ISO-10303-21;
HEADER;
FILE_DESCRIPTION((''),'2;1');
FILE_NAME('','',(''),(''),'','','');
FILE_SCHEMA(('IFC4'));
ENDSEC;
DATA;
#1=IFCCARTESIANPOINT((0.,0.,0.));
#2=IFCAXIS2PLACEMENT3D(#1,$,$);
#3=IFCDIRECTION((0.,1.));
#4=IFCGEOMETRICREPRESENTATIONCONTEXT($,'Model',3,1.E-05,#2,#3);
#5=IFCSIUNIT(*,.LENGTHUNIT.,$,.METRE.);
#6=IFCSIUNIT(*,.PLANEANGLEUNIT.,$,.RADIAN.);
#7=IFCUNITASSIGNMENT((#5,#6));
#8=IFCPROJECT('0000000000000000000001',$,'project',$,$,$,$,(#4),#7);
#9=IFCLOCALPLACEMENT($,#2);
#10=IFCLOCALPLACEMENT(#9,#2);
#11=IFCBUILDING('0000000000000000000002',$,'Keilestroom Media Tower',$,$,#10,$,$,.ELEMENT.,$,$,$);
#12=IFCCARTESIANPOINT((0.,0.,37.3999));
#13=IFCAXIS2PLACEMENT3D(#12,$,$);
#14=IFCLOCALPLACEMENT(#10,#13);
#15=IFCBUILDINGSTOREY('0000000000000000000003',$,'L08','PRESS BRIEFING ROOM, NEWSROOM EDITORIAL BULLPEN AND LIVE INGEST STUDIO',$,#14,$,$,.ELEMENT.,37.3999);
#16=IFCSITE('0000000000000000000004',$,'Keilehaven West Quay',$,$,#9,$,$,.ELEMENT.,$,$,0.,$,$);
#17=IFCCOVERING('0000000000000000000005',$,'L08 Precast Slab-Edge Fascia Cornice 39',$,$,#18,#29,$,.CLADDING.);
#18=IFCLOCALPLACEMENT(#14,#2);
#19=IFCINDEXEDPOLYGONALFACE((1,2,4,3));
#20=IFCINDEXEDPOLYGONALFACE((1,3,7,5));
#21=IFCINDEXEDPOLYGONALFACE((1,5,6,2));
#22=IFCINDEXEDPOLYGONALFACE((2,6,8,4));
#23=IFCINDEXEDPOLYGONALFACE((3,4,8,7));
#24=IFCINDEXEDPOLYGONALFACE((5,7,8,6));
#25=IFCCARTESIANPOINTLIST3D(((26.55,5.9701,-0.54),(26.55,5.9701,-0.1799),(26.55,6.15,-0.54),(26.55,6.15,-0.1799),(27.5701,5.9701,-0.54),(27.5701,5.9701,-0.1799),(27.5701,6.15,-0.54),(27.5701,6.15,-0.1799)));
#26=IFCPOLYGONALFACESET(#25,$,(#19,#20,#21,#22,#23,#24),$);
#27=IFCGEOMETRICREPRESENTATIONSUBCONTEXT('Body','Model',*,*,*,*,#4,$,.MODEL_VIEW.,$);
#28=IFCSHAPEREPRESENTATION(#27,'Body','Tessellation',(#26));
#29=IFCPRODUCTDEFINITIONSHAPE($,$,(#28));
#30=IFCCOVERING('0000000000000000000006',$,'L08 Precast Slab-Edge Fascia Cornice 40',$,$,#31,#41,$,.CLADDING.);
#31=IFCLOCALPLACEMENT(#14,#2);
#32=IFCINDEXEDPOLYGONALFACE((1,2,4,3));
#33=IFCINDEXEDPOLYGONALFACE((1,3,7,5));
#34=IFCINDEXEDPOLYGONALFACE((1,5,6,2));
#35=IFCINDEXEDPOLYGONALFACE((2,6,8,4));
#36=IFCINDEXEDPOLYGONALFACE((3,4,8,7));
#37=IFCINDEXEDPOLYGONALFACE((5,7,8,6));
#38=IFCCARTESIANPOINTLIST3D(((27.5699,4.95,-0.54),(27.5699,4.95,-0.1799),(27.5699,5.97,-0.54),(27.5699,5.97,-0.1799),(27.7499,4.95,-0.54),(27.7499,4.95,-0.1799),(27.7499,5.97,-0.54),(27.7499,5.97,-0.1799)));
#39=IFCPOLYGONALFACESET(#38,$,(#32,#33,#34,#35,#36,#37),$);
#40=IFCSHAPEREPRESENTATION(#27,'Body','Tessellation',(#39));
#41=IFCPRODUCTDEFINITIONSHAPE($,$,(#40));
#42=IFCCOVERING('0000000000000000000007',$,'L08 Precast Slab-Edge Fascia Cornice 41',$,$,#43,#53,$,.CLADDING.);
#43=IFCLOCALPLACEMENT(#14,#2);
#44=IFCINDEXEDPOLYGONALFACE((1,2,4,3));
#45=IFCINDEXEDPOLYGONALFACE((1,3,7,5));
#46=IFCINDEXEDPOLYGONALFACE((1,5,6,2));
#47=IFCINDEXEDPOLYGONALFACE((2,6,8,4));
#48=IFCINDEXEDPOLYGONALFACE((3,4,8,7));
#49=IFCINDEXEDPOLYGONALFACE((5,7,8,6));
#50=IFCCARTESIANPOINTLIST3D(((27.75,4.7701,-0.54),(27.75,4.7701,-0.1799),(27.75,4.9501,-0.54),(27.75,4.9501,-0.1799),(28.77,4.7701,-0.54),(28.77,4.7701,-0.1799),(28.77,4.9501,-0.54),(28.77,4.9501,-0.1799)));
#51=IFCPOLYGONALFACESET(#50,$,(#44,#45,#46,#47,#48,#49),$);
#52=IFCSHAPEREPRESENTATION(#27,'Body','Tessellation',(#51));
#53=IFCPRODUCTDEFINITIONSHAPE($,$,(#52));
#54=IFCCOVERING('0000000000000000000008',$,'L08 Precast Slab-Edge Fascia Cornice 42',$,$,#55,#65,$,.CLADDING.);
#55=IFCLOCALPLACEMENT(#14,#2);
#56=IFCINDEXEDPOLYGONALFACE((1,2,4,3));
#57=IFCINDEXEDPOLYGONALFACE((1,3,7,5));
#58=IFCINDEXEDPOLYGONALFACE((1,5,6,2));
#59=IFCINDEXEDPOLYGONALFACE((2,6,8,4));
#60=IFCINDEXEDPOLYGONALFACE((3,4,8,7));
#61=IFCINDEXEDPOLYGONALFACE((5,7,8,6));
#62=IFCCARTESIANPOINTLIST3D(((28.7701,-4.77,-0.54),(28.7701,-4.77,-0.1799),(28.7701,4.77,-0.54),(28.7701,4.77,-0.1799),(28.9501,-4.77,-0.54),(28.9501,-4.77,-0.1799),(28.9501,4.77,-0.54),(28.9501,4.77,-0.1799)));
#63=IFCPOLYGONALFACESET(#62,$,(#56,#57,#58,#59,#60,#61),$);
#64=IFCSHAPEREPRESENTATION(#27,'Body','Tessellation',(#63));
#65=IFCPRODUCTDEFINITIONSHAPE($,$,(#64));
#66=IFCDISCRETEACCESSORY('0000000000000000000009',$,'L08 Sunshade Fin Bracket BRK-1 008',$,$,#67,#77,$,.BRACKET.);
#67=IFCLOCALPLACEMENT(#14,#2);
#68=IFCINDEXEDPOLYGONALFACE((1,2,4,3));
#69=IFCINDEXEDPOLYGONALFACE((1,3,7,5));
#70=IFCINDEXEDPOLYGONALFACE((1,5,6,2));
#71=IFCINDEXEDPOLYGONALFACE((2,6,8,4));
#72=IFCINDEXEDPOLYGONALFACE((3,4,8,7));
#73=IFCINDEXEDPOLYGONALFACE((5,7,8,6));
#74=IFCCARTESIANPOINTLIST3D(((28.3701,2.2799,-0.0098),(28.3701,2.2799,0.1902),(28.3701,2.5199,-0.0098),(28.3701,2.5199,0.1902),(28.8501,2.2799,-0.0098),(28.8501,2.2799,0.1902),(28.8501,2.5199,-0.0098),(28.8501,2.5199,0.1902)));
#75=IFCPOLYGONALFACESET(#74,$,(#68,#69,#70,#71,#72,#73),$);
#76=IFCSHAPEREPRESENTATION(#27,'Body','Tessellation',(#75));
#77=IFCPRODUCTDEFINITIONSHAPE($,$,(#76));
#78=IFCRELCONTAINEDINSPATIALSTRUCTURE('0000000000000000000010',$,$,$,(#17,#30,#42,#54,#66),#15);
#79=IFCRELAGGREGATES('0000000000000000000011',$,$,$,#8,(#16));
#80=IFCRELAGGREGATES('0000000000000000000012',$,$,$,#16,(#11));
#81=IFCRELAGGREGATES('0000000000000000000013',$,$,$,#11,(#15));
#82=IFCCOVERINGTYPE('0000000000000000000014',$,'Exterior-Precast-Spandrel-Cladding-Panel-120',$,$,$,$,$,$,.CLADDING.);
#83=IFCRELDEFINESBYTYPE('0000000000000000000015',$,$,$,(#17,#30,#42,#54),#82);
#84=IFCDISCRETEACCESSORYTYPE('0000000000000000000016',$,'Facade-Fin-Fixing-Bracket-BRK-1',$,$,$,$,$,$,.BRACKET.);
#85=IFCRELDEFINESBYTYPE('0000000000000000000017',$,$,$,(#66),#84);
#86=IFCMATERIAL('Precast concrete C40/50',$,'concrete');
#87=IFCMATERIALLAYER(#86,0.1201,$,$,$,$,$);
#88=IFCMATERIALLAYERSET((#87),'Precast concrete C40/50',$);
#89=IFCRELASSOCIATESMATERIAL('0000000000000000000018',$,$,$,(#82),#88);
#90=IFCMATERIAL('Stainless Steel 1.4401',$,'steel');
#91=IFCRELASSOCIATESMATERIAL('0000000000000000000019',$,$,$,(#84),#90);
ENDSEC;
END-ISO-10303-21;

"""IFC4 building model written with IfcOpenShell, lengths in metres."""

from ifc_helpers import new_model, si_unit, direction, frame, origin, origin_2d, place, context, subcontext, project, spatial, rectangle, extrude, source, transform, mapped, material, layer, layer_set, type_object, element, save


model = new_model("IFC4")

# Units and contexts
model_context = context("Model", 3, precision=1e-05, world=origin(), true_north=direction((0.0, 1.0)))
body_context = subcontext(model_context, "Body", "Model", "MODEL_VIEW")
ifc_project = project(units=[si_unit("LENGTHUNIT", "METRE"), si_unit("PLANEANGLEUNIT", "RADIAN")], contexts=[model_context])

# Site, building, storey
site_placement = place(None, origin())
site = spatial("IfcSite", under=ifc_project, at=site_placement, Name="Keilehaven West Quay", CompositionType="ELEMENT", RefElevation=0.0)
building_placement = place(site_placement, origin())
building = spatial("IfcBuilding", under=site, at=building_placement, Name="Keilestroom Media Tower", CompositionType="ELEMENT")
storey_placement = place(building_placement, frame((0.0, 0.0, 37.3999)))
storey = spatial("IfcBuildingStorey", under=building, at=storey_placement, Name="L08", Description="PRESS BRIEFING ROOM, NEWSROOM EDITORIAL BULLPEN AND LIVE INGEST STUDIO", CompositionType="ELEMENT", Elevation=37.3999)

# Shared definitions
ifc_material_1 = material(Name="Precast concrete C40/50", Category="concrete")

# Coverings
ifc_layer_1 = layer(ifc_material_1, 0.1201)
ifc_layer_set_1 = layer_set([ifc_layer_1], Name="Precast concrete C40/50")
covering_type = type_object("IfcCoveringType", Name="Exterior-Precast-Spandrel-Cladding-Panel-120", PredefinedType="CLADDING", material=ifc_layer_set_1)
shared_shape_1 = source(origin(), body_context, "Body", "SweptSolid", [
    extrude(rectangle(XDim=1.02, YDim=0.1799, at=origin_2d()), origin(), (0.0, 0.0, 1.0), 0.3601),
])
for number, where, z_axis, x_axis, name in (
    (1, (27.0601, 6.0601, -0.54), (0.0, 0.0, 1.0), (1.0, 0.0, 0.0), "L08 Precast Slab-Edge Fascia Cornice 39"),
    (2, (27.6599, 5.46, -0.54), (0.0, 0.0, 1.0), (0.0, -1.0, 0.0), "L08 Precast Slab-Edge Fascia Cornice 40"),
    (3, (28.26, 4.8601, -0.54), (0.0, 0.0, 1.0), (1.0, 0.0, 0.0), "L08 Precast Slab-Edge Fascia Cornice 41"),
):
    element("IfcCovering", number, at=place(storey_placement, frame(where, z_axis=z_axis, x_axis=x_axis)), inside=storey, type_object=covering_type, Name=name, PredefinedType="CLADDING", context=body_context, shape_type="MappedRepresentation", body=[
        mapped(shared_shape_1, transform((0.0, 0.0, 0.0), x_axis=(1.0, 0.0, 0.0), y_axis=(0.0, 1.0, 0.0), z_axis=(0.0, 0.0, 1.0), scale=1.0)),
    ])
shared_shape_2 = source(origin(), body_context, "Body", "SweptSolid", [
    extrude(rectangle(XDim=9.54, YDim=0.1799, at=origin_2d()), origin(), (0.0, 0.0, 1.0), 0.3601),
])
covering_placement = place(storey_placement, frame((28.8601, 0.0, -0.54), z_axis=(0.0, 0.0, 1.0), x_axis=(0.0, -1.0, 0.0)))
element("IfcCovering", 4, at=covering_placement, inside=storey, type_object=covering_type, Name="L08 Precast Slab-Edge Fascia Cornice 42", PredefinedType="CLADDING", context=body_context, shape_type="MappedRepresentation", body=[
    mapped(shared_shape_2, transform((0.0, 0.0, 0.0), x_axis=(1.0, 0.0, 0.0), y_axis=(0.0, 1.0, 0.0), z_axis=(0.0, 0.0, 1.0), scale=1.0)),
])

# Discrete accessory
ifc_material_2 = material(Name="Stainless Steel 1.4401", Category="steel")
discrete_accessory_type = type_object("IfcDiscreteAccessoryType", Name="Facade-Fin-Fixing-Bracket-BRK-1", PredefinedType="BRACKET", material=ifc_material_2)
shared_shape_3 = source(origin(), body_context, "Body", "SweptSolid", [
    extrude(rectangle(XDim=0.48, YDim=0.24, at=origin_2d()), origin(), (0.0, 0.0, 1.0), 0.2),
])
discrete_accessory_placement = place(storey_placement, frame((28.6101, 2.3999, -0.0098), z_axis=(0.0, 0.0, 1.0), x_axis=(1.0, 0.0, 0.0)))
element("IfcDiscreteAccessory", 5, at=discrete_accessory_placement, inside=storey, type_object=discrete_accessory_type, Name="L08 Sunshade Fin Bracket BRK-1 008", PredefinedType="BRACKET", context=body_context, shape_type="MappedRepresentation", body=[
    mapped(shared_shape_3, transform((0.0, 0.0, 0.0), x_axis=(1.0, 0.0, 0.0), y_axis=(0.0, 1.0, 0.0), z_axis=(0.0, 0.0, 1.0), scale=1.0)),
])

save(model, "model.ifc")
